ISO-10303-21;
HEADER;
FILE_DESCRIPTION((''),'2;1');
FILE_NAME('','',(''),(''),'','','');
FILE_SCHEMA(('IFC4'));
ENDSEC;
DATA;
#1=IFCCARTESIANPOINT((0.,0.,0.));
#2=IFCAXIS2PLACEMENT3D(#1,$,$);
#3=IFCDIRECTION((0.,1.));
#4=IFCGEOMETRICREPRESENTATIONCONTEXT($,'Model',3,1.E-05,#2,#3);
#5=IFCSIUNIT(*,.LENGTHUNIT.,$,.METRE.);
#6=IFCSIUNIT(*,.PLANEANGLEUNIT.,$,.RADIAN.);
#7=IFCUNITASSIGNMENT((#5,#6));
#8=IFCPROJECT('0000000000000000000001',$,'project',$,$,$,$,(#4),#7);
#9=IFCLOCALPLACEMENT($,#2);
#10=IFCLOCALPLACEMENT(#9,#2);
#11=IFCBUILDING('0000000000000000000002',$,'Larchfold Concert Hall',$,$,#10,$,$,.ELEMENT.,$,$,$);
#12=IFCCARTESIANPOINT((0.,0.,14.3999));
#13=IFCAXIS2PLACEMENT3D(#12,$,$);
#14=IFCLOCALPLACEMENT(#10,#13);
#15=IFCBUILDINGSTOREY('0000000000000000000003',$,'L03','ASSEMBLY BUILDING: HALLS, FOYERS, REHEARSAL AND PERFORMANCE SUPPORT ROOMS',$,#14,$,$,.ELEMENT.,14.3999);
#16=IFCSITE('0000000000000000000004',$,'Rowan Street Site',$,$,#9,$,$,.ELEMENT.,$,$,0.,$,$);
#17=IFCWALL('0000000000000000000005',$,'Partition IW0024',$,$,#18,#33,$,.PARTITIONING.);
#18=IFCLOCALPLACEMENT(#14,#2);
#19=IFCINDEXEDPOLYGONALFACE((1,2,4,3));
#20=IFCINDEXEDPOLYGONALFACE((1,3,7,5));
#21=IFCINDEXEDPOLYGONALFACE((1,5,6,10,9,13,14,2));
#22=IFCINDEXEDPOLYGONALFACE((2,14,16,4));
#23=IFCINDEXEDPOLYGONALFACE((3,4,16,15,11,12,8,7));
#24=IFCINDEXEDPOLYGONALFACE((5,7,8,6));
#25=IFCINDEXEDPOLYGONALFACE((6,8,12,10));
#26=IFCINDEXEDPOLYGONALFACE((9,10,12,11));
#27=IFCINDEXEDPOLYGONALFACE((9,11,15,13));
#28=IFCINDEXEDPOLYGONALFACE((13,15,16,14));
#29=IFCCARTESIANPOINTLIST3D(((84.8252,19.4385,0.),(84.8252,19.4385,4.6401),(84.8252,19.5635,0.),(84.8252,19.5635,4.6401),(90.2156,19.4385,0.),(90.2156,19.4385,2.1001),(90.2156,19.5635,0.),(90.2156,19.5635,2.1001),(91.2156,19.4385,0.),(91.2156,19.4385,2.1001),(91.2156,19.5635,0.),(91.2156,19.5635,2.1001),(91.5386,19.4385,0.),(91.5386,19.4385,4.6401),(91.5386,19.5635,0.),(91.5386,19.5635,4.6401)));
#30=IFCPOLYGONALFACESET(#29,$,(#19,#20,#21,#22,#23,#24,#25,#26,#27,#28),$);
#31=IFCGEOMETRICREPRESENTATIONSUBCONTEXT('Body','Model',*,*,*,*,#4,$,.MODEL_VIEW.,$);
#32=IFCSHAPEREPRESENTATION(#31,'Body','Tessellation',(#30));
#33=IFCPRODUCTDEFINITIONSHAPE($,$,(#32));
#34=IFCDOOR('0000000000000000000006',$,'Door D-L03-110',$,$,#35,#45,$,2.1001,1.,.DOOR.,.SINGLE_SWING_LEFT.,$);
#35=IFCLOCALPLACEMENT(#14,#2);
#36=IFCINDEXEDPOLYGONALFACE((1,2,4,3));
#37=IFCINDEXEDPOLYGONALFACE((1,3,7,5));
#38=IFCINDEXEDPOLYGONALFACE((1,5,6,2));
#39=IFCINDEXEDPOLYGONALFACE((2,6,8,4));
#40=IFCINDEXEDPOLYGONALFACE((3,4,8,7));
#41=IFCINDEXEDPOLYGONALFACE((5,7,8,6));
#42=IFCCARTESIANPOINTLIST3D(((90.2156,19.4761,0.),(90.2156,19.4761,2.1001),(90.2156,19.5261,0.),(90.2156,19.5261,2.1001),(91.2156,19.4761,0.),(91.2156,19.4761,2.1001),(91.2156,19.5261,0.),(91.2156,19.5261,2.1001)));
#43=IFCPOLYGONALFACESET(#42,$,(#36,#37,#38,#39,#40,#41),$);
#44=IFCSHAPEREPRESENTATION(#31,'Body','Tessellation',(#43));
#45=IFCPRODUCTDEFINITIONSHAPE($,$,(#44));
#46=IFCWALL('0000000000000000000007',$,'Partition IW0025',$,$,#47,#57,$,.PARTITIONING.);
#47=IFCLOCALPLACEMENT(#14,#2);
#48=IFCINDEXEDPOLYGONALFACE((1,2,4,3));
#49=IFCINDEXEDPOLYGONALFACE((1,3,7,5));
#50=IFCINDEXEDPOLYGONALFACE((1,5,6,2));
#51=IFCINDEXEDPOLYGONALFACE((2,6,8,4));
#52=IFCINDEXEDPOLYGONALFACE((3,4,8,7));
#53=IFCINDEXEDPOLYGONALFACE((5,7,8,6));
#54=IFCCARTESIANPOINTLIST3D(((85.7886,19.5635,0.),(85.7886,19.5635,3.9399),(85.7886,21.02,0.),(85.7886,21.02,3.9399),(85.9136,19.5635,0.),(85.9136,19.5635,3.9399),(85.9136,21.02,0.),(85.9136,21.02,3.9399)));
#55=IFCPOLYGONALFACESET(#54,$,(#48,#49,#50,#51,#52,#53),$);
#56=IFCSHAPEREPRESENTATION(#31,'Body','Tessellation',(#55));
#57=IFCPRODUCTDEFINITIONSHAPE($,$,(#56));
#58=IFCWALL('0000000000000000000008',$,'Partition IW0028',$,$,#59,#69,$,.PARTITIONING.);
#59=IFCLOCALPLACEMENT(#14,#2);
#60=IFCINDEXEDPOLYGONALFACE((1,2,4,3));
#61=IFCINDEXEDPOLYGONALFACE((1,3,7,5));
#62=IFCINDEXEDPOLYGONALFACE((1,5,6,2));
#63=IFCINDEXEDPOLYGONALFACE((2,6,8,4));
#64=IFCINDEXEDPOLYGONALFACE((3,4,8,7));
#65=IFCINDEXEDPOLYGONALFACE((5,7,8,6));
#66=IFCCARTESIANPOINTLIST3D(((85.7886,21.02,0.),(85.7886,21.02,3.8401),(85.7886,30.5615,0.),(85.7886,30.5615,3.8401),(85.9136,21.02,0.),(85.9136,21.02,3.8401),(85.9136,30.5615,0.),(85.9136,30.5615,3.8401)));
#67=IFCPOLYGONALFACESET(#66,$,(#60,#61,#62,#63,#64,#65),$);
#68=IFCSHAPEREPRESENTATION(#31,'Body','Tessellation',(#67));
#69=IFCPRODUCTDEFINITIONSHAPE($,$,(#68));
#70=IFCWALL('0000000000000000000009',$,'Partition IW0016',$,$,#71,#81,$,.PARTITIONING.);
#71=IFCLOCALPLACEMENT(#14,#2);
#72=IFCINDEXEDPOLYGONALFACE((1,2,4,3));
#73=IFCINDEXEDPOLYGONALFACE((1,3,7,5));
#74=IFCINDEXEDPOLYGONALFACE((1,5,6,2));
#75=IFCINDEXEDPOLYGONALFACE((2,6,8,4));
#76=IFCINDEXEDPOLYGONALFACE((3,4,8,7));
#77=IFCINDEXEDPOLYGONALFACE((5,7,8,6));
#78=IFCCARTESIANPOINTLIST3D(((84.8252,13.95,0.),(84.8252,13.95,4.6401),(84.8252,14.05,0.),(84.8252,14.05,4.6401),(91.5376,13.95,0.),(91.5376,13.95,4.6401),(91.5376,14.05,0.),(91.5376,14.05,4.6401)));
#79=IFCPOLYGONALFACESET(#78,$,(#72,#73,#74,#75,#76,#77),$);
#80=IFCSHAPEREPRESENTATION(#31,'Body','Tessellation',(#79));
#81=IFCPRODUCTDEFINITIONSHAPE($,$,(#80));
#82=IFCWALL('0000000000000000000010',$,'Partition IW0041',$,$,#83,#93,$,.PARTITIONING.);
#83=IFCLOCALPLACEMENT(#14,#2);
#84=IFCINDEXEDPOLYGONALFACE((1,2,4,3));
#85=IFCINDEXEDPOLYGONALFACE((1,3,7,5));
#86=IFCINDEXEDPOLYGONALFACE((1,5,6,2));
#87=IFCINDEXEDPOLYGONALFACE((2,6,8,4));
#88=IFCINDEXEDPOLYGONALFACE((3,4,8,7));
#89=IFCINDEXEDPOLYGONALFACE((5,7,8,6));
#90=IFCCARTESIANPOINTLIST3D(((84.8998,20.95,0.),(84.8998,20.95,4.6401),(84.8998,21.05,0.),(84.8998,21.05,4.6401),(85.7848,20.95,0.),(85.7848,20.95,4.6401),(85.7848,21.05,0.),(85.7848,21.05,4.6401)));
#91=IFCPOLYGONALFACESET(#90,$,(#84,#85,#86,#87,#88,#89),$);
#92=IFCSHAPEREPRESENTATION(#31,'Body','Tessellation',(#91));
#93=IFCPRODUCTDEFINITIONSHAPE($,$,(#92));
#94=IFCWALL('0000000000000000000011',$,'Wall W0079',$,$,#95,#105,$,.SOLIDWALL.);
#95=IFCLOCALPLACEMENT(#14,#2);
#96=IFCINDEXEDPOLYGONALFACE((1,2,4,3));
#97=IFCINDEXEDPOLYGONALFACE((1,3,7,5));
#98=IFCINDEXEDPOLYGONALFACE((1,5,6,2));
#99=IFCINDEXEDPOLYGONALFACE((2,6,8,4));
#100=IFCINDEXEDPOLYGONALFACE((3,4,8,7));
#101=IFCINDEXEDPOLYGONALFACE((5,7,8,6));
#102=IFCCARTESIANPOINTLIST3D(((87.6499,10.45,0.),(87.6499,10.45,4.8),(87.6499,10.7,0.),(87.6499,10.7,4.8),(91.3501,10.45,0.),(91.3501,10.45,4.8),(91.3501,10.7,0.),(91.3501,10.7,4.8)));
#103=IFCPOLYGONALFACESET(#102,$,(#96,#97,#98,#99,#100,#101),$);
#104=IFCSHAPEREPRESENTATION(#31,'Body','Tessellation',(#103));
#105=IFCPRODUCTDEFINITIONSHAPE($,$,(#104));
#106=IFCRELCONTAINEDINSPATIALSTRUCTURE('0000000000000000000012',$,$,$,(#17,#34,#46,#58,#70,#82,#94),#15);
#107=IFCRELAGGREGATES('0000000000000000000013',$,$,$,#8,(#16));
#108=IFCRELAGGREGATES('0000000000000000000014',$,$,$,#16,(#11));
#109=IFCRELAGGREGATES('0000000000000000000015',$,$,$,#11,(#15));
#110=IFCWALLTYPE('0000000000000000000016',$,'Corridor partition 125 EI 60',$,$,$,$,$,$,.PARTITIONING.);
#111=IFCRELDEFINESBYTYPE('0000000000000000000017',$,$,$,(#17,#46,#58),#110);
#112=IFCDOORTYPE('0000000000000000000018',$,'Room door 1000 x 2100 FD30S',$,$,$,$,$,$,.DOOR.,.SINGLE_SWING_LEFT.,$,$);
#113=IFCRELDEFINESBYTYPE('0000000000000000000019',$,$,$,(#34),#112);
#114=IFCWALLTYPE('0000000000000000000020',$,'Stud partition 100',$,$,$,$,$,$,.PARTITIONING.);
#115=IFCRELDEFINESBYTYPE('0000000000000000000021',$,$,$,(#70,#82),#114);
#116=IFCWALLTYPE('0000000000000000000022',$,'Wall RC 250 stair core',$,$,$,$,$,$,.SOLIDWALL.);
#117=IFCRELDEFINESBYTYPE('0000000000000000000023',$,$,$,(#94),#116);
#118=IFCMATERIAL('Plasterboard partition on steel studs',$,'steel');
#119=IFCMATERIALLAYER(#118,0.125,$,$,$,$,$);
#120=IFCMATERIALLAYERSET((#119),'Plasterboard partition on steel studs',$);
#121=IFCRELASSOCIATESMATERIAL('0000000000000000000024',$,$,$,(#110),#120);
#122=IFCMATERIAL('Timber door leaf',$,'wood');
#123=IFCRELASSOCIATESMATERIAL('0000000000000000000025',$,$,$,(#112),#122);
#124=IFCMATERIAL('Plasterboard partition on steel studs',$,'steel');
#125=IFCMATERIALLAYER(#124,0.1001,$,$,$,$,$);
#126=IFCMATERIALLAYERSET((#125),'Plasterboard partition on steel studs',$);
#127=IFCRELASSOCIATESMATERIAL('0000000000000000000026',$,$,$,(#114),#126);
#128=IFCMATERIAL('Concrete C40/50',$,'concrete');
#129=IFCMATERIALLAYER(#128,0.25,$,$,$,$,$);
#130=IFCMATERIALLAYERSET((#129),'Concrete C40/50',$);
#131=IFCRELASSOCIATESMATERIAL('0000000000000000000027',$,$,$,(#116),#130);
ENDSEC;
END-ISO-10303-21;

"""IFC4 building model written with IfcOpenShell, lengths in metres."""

from ifc_helpers import new_model, si_unit, direction, frame, frame_2d, origin, place, context, subcontext, project, spatial, rectangle, extrude, material, layer, layer_set, type_object, element, fill, save


model = new_model("IFC4")

# Units and contexts
model_context = context("Model", 3, precision=1e-05, world=origin(), true_north=direction((0.0, 1.0)))
body_context = subcontext(model_context, "Body", "Model", "MODEL_VIEW")
ifc_project = project(units=[si_unit("LENGTHUNIT", "METRE"), si_unit("PLANEANGLEUNIT", "RADIAN")], contexts=[model_context])

# Site, building, storey
site_placement = place(None, origin())
site = spatial("IfcSite", under=ifc_project, at=site_placement, Name="Rowan Street Site", CompositionType="ELEMENT", RefElevation=0.0)
building_placement = place(site_placement, origin())
building = spatial("IfcBuilding", under=site, at=building_placement, Name="Larchfold Concert Hall", CompositionType="ELEMENT")
storey_placement = place(building_placement, frame((0.0, 0.0, 14.3999)))
storey = spatial("IfcBuildingStorey", under=building, at=storey_placement, Name="L03", Description="ASSEMBLY BUILDING: HALLS, FOYERS, REHEARSAL AND PERFORMANCE SUPPORT ROOMS", CompositionType="ELEMENT", Elevation=14.3999)

# Shared definitions
ifc_material_1 = material(Name="Plasterboard partition on steel studs", Category="steel")
ifc_layer_1 = layer(ifc_material_1, 0.125)
ifc_layer_set_1 = layer_set([ifc_layer_1], Name="Plasterboard partition on steel studs")
wall_type_1 = type_object("IfcWallType", Name="Corridor partition 125 EI 60", PredefinedType="PARTITIONING", material=ifc_layer_set_1)

# Shared definitions
ifc_material_2 = material(Name="Timber door leaf", Category="wood")
door_type = type_object("IfcDoorType", Name="Room door 1000 x 2100 FD30S", OperationType="SINGLE_SWING_LEFT", PredefinedType="DOOR", material=ifc_material_2)

# Wall, opening, door
wall_1_placement = place(storey_placement, frame((91.5386, 19.501, 0.0), z_axis=(0.0, 0.0, 1.0), x_axis=(-1.0, 0.0, 0.0)))
wall_1 = element("IfcWall", 1, at=wall_1_placement, inside=storey, type_object=wall_type_1, Name="Partition IW0024", PredefinedType="PARTITIONING", context=body_context, shape_type="SweptSolid", body=[
    extrude(rectangle(XDim=6.7134, YDim=0.125, at=frame_2d((3.3567, 0.0))), origin(), (0.0, 0.0, 1.0), 4.6401),
])
opening_1_placement = place(wall_1_placement, frame((0.323, 0.0, 0.0)))
opening_1 = element("IfcOpeningElement", 2, at=opening_1_placement, cuts=wall_1, PredefinedType="OPENING", context=body_context, shape_type="SweptSolid", body=[
    extrude(rectangle(XDim=1.0, YDim=2.1001, at=frame_2d((0.5, 1.05))), frame((0.0, 0.0725, 0.0), z_axis=(0.0, -1.0, 0.0), x_axis=(1.0, 0.0, 0.0)), (0.0, 0.0, 1.0), 0.145),
])
door_1_placement = place(opening_1_placement, origin())
door_1 = element("IfcDoor", 3, at=door_1_placement, inside=storey, type_object=door_type, Name="Door D-L03-110", OperationType="SINGLE_SWING_LEFT", OverallHeight=2.1001, OverallWidth=1.0, PredefinedType="DOOR", context=body_context, shape_type="SweptSolid", body=[
    extrude(rectangle(XDim=1.0, YDim=2.1001, at=frame_2d((0.5, 1.05))), frame((0.0, 0.0249, 0.0), z_axis=(0.0, -1.0, 0.0), x_axis=(1.0, 0.0, 0.0)), (0.0, 0.0, 1.0), 0.05),
])
fill(opening_1, door_1)

# Walls
wall_2_placement = place(storey_placement, frame((85.8511, 19.5635, 0.0), z_axis=(0.0, 0.0, 1.0), x_axis=(0.0, 1.0, 0.0)))
element("IfcWall", 4, at=wall_2_placement, inside=storey, type_object=wall_type_1, Name="Partition IW0025", PredefinedType="PARTITIONING", context=body_context, shape_type="SweptSolid", body=[
    extrude(rectangle(XDim=1.4565, YDim=0.125, at=frame_2d((0.7283, 0.0))), origin(), (0.0, 0.0, 1.0), 3.9399),
])
wall_3_placement = place(storey_placement, frame((85.8511, 21.02, 0.0), z_axis=(0.0, 0.0, 1.0), x_axis=(0.0, 1.0, 0.0)))
element("IfcWall", 5, at=wall_3_placement, inside=storey, type_object=wall_type_1, Name="Partition IW0028", PredefinedType="PARTITIONING", context=body_context, shape_type="SweptSolid", body=[
    extrude(rectangle(XDim=9.5415, YDim=0.125, at=frame_2d((4.7708, 0.0))), origin(), (0.0, 0.0, 1.0), 3.8401),
])
ifc_material_3 = material(Name="Plasterboard partition on steel studs", Category="steel")
ifc_layer_2 = layer(ifc_material_3, 0.1001)
ifc_layer_set_2 = layer_set([ifc_layer_2], Name="Plasterboard partition on steel studs")
wall_type_2 = type_object("IfcWallType", Name="Stud partition 100", PredefinedType="PARTITIONING", material=ifc_layer_set_2)
wall_4_placement = place(storey_placement, frame((84.8252, 14.0, 0.0), z_axis=(0.0, 0.0, 1.0), x_axis=(1.0, 0.0, 0.0)))
element("IfcWall", 6, at=wall_4_placement, inside=storey, type_object=wall_type_2, Name="Partition IW0016", PredefinedType="PARTITIONING", context=body_context, shape_type="SweptSolid", body=[
    extrude(rectangle(XDim=6.7124, YDim=0.1001, at=frame_2d((3.3562, 0.0))), origin(), (0.0, 0.0, 1.0), 4.6401),
])
wall_5_placement = place(storey_placement, frame((84.8999, 21.0, 0.0), z_axis=(0.0, 0.0, 1.0), x_axis=(1.0, 0.0, 0.0)))
element("IfcWall", 7, at=wall_5_placement, inside=storey, type_object=wall_type_2, Name="Partition IW0041", PredefinedType="PARTITIONING", context=body_context, shape_type="SweptSolid", body=[
    extrude(rectangle(XDim=0.885, YDim=0.1001, at=frame_2d((0.4424, 0.0))), origin(), (0.0, 0.0, 1.0), 4.6401),
])
ifc_material_4 = material(Name="Concrete C40/50", Category="concrete")
ifc_layer_3 = layer(ifc_material_4, 0.25)
ifc_layer_set_3 = layer_set([ifc_layer_3], Name="Concrete C40/50")
wall_type_3 = type_object("IfcWallType", Name="Wall RC 250 stair core", PredefinedType="SOLIDWALL", material=ifc_layer_set_3)
wall_6_placement = place(storey_placement, frame((87.6499, 10.575, 0.0), z_axis=(0.0, 0.0, 1.0), x_axis=(1.0, 0.0, 0.0)))
element("IfcWall", 8, at=wall_6_placement, inside=storey, type_object=wall_type_3, Name="Wall W0079", PredefinedType="SOLIDWALL", context=body_context, shape_type="SweptSolid", body=[
    extrude(rectangle(XDim=3.7002, YDim=0.25, at=frame_2d((1.8501, 0.0))), origin(), (0.0, 0.0, 1.0), 4.8),
])

save(model, "model.ifc")
